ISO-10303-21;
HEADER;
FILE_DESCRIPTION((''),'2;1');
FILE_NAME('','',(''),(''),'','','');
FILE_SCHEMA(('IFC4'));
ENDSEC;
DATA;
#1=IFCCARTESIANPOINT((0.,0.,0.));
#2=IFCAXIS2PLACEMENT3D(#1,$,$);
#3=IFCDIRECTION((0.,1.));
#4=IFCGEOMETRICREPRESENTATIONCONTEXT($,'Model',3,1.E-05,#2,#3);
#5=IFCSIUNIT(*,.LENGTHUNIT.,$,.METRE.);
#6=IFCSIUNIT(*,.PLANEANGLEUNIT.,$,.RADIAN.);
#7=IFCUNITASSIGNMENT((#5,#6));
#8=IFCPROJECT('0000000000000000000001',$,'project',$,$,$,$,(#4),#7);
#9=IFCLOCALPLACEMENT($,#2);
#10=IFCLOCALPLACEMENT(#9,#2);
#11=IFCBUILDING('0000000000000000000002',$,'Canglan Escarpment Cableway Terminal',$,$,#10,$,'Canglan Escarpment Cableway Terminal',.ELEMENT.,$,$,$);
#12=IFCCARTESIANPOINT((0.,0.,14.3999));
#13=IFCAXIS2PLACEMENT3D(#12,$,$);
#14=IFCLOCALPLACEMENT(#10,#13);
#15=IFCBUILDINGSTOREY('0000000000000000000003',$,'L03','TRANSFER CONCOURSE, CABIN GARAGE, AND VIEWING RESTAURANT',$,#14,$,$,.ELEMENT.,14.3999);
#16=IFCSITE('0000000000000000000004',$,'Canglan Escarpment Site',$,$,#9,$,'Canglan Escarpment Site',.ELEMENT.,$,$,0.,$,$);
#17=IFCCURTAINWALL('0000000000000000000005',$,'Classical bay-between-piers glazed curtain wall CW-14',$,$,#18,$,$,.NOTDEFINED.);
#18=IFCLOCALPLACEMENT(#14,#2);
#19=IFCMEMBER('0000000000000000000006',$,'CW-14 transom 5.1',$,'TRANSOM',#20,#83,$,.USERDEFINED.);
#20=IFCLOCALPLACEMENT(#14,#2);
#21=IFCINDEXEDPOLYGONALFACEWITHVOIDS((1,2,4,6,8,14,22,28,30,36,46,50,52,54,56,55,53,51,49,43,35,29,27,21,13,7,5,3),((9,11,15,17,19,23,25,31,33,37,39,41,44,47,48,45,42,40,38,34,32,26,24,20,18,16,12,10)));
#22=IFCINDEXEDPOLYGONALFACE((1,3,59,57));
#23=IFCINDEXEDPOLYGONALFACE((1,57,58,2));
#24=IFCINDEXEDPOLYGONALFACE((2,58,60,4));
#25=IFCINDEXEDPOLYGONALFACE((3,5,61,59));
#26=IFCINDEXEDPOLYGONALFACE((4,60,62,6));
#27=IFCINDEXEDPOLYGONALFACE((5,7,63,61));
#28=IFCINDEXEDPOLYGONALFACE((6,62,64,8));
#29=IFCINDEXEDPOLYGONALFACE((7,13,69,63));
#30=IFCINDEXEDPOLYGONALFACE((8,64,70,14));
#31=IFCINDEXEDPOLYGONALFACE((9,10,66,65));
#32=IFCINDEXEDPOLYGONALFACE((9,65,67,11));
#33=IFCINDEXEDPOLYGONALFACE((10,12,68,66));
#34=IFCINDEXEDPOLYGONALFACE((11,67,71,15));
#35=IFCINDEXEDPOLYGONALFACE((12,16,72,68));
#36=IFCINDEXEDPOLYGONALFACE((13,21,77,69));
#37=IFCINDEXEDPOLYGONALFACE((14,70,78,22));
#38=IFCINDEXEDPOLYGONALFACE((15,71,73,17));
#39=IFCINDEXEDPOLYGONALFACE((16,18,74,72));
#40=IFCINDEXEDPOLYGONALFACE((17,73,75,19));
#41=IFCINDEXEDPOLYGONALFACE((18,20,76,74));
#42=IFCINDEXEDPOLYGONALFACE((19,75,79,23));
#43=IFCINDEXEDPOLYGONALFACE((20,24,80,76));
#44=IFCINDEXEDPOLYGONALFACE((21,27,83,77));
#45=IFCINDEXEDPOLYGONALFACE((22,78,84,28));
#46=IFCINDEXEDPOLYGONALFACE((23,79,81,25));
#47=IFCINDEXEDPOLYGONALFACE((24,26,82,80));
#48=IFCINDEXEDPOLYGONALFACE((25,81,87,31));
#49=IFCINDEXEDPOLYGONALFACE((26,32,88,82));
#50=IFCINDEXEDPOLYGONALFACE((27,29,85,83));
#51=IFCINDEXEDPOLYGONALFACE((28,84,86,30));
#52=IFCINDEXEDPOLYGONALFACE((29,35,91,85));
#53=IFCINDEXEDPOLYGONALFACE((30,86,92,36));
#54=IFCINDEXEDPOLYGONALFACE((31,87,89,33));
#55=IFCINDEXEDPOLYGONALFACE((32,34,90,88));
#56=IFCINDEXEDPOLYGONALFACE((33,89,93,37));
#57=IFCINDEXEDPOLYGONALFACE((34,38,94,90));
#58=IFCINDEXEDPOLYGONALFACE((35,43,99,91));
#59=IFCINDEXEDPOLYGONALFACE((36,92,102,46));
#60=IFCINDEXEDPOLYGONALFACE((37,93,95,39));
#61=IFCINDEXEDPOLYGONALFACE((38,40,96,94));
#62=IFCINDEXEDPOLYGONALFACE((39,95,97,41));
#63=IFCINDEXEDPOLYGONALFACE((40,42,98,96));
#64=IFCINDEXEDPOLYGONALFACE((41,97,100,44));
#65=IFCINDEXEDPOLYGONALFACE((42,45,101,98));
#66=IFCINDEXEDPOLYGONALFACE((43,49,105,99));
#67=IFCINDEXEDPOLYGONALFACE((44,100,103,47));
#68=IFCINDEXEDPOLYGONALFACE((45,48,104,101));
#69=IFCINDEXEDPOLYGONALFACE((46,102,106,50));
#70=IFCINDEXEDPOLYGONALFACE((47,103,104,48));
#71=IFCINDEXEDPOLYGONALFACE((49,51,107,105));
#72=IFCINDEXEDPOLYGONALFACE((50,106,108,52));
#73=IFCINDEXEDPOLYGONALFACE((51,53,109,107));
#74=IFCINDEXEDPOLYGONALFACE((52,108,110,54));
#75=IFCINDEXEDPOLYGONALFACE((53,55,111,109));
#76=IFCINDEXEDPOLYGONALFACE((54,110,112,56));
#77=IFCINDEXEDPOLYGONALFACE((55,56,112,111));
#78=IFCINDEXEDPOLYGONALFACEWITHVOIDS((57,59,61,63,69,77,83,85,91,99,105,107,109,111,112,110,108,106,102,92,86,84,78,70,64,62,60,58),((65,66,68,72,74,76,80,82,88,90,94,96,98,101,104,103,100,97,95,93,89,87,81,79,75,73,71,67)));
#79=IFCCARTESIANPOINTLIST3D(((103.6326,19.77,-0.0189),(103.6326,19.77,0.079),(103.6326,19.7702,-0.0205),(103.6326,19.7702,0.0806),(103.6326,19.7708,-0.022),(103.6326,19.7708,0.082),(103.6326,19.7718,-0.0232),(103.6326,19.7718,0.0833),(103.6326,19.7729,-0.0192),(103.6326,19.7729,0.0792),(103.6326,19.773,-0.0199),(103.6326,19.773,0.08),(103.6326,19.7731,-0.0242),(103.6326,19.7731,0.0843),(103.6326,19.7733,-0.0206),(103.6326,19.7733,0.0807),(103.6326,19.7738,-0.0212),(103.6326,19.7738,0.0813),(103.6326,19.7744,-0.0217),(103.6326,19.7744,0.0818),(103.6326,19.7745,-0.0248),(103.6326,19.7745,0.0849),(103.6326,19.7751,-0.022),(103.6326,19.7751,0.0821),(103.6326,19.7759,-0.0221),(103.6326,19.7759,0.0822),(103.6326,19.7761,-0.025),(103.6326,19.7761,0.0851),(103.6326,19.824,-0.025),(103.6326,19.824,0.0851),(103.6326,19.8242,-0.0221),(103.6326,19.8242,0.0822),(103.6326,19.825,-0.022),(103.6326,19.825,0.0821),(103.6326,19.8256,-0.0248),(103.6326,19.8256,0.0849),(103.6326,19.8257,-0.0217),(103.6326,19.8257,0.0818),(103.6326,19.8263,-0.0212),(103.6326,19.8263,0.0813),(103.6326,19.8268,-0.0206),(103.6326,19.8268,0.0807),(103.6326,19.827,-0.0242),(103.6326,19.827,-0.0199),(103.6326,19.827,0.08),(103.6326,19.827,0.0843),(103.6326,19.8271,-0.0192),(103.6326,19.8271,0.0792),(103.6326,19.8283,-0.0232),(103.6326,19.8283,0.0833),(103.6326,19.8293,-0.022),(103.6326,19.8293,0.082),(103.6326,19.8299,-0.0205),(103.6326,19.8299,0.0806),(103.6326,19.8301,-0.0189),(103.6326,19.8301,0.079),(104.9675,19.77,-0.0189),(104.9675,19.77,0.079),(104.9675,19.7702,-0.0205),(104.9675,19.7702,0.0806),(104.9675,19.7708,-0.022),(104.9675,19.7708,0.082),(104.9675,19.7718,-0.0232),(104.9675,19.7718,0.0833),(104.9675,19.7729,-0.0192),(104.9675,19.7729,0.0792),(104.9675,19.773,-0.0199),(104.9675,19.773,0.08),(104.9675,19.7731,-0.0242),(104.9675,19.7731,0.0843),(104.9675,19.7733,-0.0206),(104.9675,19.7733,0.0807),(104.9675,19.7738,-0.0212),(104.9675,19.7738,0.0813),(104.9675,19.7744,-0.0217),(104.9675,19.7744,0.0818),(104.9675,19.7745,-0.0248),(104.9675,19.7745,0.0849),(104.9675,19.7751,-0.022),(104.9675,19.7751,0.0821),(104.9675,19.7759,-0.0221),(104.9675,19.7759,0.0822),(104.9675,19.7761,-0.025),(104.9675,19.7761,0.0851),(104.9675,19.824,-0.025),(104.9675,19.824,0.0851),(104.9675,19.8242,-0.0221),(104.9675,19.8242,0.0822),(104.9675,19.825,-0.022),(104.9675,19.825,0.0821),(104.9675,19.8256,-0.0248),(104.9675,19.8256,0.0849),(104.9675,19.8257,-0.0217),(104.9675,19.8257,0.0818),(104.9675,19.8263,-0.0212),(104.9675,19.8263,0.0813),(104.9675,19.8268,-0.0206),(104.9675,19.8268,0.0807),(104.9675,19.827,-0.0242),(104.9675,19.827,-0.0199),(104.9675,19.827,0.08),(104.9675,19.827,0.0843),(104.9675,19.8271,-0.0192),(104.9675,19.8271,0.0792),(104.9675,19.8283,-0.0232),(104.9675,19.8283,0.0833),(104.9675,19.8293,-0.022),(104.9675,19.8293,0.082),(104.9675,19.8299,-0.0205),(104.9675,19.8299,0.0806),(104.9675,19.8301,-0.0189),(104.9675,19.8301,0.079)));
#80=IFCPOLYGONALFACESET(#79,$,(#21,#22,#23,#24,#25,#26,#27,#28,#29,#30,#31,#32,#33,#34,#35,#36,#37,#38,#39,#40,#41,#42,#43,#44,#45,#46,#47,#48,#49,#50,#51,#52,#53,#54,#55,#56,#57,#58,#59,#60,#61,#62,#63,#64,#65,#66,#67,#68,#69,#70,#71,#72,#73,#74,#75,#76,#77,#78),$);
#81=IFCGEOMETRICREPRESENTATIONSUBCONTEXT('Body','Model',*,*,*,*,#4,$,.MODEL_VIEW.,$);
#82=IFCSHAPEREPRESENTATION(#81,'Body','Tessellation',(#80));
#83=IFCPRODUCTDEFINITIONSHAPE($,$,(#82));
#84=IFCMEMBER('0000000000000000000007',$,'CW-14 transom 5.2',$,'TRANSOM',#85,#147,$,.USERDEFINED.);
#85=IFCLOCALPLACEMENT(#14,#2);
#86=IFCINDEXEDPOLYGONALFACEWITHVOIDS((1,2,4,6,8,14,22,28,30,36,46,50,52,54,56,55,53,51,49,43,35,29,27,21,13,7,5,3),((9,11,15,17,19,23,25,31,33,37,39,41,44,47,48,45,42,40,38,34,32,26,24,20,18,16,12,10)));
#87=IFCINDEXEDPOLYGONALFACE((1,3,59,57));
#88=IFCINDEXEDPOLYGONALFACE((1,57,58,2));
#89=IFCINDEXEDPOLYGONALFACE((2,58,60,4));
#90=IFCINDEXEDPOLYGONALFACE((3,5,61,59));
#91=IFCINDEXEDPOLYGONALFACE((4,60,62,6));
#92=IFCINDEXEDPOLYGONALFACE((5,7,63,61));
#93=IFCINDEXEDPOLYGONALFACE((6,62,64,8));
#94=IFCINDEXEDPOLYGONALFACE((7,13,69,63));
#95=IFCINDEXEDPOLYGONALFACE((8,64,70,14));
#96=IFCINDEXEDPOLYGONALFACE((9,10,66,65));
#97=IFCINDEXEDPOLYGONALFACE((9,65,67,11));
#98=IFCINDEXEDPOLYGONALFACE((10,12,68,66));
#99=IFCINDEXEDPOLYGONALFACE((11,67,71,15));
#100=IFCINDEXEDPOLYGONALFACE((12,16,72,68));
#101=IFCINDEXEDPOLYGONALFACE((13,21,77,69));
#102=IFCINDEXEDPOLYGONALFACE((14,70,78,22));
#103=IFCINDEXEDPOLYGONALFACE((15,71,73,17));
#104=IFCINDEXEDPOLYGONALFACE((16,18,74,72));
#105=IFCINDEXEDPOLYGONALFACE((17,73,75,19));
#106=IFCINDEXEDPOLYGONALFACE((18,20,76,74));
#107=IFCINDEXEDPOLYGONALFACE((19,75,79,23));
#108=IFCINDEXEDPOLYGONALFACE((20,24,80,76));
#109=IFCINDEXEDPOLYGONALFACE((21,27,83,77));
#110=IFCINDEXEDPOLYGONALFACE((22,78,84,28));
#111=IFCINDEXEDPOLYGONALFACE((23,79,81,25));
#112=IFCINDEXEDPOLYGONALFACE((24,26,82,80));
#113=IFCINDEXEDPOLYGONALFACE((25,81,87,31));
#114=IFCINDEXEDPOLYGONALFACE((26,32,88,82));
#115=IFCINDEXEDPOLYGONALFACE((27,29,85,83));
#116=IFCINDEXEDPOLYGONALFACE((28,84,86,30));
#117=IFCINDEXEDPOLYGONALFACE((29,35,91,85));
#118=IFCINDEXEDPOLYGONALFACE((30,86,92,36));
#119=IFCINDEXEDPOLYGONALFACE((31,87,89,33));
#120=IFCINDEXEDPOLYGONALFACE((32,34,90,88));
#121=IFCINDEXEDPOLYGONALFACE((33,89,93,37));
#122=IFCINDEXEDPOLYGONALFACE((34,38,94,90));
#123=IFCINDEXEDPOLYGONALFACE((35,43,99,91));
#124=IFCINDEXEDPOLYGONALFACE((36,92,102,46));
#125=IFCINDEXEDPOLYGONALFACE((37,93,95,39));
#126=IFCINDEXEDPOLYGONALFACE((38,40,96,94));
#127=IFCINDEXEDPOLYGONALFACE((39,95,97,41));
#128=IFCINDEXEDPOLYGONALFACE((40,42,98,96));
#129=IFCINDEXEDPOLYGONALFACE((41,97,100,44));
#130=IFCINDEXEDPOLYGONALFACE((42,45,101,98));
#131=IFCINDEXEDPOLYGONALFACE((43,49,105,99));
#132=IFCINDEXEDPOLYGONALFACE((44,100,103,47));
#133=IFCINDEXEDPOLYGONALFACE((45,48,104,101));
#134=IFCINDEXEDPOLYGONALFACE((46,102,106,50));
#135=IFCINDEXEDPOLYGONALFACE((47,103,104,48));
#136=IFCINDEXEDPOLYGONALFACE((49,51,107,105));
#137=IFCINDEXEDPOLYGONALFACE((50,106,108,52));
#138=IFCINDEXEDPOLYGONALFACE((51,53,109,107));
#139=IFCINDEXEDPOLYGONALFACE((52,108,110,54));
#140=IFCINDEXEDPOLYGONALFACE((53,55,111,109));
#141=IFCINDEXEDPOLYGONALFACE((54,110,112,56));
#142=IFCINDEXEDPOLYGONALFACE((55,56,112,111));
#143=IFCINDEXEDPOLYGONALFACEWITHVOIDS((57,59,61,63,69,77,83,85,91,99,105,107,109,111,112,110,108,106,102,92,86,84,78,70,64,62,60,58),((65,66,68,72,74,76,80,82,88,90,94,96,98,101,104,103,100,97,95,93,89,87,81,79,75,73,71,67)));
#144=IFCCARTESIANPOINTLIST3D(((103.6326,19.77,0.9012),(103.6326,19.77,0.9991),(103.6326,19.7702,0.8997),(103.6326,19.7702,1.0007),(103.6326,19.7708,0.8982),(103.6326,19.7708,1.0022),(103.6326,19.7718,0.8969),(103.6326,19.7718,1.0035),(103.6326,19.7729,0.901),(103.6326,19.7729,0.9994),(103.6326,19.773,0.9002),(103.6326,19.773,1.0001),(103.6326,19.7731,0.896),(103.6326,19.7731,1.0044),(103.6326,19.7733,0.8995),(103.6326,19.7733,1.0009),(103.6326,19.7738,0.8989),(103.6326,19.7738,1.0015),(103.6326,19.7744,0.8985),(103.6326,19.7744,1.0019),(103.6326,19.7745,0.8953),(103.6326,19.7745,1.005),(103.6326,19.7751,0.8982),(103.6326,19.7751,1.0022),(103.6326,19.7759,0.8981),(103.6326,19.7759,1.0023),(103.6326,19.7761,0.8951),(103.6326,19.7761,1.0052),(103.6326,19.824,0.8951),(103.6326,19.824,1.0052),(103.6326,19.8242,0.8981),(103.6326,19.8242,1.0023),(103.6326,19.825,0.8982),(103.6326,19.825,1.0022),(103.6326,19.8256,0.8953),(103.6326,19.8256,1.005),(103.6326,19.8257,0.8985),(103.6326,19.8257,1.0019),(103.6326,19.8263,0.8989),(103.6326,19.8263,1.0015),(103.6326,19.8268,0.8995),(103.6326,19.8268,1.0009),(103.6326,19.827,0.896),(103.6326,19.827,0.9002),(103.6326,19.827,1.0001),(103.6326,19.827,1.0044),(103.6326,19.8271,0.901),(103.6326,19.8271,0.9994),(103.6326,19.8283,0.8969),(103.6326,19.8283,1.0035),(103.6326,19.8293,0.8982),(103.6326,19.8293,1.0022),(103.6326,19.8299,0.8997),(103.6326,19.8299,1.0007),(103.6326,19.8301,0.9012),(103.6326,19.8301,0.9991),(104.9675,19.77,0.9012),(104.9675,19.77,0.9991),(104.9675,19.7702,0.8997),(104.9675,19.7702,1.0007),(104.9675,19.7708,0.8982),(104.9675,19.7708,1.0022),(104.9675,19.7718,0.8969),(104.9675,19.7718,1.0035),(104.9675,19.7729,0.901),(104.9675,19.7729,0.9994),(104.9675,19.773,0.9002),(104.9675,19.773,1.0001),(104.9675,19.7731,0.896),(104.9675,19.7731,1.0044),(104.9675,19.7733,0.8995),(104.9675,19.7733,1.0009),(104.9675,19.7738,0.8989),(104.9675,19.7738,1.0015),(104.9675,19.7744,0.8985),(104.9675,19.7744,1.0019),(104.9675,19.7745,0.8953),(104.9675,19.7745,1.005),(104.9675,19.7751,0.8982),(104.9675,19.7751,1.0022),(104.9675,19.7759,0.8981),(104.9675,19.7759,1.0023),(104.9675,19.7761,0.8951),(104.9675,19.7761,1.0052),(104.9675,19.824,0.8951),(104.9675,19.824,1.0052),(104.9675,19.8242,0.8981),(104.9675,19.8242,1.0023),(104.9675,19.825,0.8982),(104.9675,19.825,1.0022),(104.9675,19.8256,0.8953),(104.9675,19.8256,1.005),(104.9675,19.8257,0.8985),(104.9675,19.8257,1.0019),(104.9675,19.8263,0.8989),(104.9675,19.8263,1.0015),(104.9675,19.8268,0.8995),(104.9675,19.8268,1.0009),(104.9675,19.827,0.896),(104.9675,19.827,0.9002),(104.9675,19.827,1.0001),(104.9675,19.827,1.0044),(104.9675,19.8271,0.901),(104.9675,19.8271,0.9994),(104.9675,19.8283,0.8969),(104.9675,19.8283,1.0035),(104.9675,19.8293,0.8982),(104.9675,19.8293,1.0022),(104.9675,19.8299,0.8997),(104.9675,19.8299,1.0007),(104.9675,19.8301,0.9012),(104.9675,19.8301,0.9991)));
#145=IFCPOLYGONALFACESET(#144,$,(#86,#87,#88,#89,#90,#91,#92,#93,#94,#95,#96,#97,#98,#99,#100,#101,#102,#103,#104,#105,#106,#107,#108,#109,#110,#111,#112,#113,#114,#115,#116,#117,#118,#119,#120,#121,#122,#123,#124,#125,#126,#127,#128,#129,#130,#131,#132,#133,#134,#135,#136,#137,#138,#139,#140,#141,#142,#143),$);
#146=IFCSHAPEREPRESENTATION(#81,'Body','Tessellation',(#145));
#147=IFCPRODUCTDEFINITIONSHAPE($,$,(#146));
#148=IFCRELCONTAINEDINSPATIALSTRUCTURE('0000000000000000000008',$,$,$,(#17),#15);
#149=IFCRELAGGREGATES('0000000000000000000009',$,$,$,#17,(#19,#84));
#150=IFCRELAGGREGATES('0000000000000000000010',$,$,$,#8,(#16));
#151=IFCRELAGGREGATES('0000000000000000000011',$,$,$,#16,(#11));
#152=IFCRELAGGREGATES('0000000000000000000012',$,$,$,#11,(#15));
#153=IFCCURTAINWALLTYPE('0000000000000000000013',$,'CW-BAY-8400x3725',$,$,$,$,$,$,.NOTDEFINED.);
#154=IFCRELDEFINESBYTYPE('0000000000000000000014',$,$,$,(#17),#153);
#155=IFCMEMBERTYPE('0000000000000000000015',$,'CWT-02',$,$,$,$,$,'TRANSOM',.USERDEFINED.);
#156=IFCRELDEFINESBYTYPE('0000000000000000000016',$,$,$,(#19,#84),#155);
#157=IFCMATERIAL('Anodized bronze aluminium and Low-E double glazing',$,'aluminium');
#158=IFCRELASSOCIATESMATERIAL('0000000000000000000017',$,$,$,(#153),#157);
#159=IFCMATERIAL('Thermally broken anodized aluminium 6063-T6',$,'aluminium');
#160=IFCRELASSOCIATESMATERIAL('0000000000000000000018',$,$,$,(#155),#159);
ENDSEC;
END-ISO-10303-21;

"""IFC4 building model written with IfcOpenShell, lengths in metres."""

from ifc_helpers import new_model, si_unit, direction, frame, origin, origin_2d, place, context, subcontext, project, spatial, hollow_rectangle, extrude, material, material_profile, profile_set, type_object, element, aggregate, save


model = new_model("IFC4")

# Units and contexts
model_context = context("Model", 3, precision=1e-05, world=origin(), true_north=direction((0.0, 1.0)))
body_context = subcontext(model_context, "Body", "Model", "MODEL_VIEW")
ifc_project = project(units=[si_unit("LENGTHUNIT", "METRE"), si_unit("PLANEANGLEUNIT", "RADIAN")], contexts=[model_context])

# Site, building, storey
site_placement = place(None, origin())
site = spatial("IfcSite", under=ifc_project, at=site_placement, Name="Canglan Escarpment Site", LongName="Canglan Escarpment Site", CompositionType="ELEMENT", RefElevation=0.0)
building_placement = place(site_placement, origin())
building = spatial("IfcBuilding", under=site, at=building_placement, Name="Canglan Escarpment Cableway Terminal", LongName="Canglan Escarpment Cableway Terminal", CompositionType="ELEMENT")
storey_placement = place(building_placement, frame((0.0, 0.0, 14.3999)))
storey = spatial("IfcBuildingStorey", under=building, at=storey_placement, Name="L03", Description="TRANSFER CONCOURSE, CABIN GARAGE, AND VIEWING RESTAURANT", CompositionType="ELEMENT", Elevation=14.3999)

# Curtain wall
ifc_material_1 = material(Name="Anodized bronze aluminium and Low-E double glazing", Category="aluminium")
curtain_wall_type = type_object("IfcCurtainWallType", Name="CW-BAY-8400x3725", PredefinedType="NOTDEFINED", material=ifc_material_1)
curtain_wall_1_placement = place(storey_placement, origin())
curtain_wall_1 = element("IfcCurtainWall", 1, at=curtain_wall_1_placement, inside=storey, type_object=curtain_wall_type, Name="Classical bay-between-piers glazed curtain wall CW-14", PredefinedType="NOTDEFINED")
ifc_material_2 = material(Name="Thermally broken anodized aluminium 6063-T6", Category="aluminium")

# Members
ifc_material_profile_1 = material_profile(ifc_material_2, hollow_rectangle(XDim=0.0601, YDim=0.1101, WallThickness=0.0029, InnerFilletRadius=0.0029, OuterFilletRadius=0.0061, at=origin_2d()), Name="ALU-TRAN 60x110x3")
ifc_profile_set_1 = profile_set([ifc_material_profile_1], Name="Thermally broken anodized aluminium 6063-T6")
member_type_1 = type_object("IfcMemberType", Name="CWT-02", ElementType="TRANSOM", PredefinedType="USERDEFINED", material=ifc_profile_set_1)
member_1_placement = place(storey_placement, frame((104.9675, 19.8, 0.03), z_axis=(-1.0, 0.0, 0.0), x_axis=(0.0, -1.0, 0.0)))
member_1 = element("IfcMember", 2, at=member_1_placement, type_object=member_type_1, Name="CW-14 transom 5.1", ObjectType="TRANSOM", PredefinedType="USERDEFINED", context=body_context, shape_type="SweptSolid", body=[
    extrude(hollow_rectangle(XDim=0.0601, YDim=0.1101, WallThickness=0.0029, InnerFilletRadius=0.0029, OuterFilletRadius=0.0061, at=origin_2d()), origin(), (0.0, 0.0, 1.0), 1.335),
])
member_2_placement = place(storey_placement, frame((104.9675, 19.8, 0.9502), z_axis=(-1.0, 0.0, 0.0), x_axis=(0.0, -1.0, 0.0)))
member_2 = element("IfcMember", 3, at=member_2_placement, type_object=member_type_1, Name="CW-14 transom 5.2", ObjectType="TRANSOM", PredefinedType="USERDEFINED", context=body_context, shape_type="SweptSolid", body=[
    extrude(hollow_rectangle(XDim=0.0601, YDim=0.1101, WallThickness=0.0029, InnerFilletRadius=0.0029, OuterFilletRadius=0.0061, at=origin_2d()), origin(), (0.0, 0.0, 1.0), 1.335),
])

aggregate(curtain_wall_1, [member_1, member_2])

save(model, "model.ifc")
